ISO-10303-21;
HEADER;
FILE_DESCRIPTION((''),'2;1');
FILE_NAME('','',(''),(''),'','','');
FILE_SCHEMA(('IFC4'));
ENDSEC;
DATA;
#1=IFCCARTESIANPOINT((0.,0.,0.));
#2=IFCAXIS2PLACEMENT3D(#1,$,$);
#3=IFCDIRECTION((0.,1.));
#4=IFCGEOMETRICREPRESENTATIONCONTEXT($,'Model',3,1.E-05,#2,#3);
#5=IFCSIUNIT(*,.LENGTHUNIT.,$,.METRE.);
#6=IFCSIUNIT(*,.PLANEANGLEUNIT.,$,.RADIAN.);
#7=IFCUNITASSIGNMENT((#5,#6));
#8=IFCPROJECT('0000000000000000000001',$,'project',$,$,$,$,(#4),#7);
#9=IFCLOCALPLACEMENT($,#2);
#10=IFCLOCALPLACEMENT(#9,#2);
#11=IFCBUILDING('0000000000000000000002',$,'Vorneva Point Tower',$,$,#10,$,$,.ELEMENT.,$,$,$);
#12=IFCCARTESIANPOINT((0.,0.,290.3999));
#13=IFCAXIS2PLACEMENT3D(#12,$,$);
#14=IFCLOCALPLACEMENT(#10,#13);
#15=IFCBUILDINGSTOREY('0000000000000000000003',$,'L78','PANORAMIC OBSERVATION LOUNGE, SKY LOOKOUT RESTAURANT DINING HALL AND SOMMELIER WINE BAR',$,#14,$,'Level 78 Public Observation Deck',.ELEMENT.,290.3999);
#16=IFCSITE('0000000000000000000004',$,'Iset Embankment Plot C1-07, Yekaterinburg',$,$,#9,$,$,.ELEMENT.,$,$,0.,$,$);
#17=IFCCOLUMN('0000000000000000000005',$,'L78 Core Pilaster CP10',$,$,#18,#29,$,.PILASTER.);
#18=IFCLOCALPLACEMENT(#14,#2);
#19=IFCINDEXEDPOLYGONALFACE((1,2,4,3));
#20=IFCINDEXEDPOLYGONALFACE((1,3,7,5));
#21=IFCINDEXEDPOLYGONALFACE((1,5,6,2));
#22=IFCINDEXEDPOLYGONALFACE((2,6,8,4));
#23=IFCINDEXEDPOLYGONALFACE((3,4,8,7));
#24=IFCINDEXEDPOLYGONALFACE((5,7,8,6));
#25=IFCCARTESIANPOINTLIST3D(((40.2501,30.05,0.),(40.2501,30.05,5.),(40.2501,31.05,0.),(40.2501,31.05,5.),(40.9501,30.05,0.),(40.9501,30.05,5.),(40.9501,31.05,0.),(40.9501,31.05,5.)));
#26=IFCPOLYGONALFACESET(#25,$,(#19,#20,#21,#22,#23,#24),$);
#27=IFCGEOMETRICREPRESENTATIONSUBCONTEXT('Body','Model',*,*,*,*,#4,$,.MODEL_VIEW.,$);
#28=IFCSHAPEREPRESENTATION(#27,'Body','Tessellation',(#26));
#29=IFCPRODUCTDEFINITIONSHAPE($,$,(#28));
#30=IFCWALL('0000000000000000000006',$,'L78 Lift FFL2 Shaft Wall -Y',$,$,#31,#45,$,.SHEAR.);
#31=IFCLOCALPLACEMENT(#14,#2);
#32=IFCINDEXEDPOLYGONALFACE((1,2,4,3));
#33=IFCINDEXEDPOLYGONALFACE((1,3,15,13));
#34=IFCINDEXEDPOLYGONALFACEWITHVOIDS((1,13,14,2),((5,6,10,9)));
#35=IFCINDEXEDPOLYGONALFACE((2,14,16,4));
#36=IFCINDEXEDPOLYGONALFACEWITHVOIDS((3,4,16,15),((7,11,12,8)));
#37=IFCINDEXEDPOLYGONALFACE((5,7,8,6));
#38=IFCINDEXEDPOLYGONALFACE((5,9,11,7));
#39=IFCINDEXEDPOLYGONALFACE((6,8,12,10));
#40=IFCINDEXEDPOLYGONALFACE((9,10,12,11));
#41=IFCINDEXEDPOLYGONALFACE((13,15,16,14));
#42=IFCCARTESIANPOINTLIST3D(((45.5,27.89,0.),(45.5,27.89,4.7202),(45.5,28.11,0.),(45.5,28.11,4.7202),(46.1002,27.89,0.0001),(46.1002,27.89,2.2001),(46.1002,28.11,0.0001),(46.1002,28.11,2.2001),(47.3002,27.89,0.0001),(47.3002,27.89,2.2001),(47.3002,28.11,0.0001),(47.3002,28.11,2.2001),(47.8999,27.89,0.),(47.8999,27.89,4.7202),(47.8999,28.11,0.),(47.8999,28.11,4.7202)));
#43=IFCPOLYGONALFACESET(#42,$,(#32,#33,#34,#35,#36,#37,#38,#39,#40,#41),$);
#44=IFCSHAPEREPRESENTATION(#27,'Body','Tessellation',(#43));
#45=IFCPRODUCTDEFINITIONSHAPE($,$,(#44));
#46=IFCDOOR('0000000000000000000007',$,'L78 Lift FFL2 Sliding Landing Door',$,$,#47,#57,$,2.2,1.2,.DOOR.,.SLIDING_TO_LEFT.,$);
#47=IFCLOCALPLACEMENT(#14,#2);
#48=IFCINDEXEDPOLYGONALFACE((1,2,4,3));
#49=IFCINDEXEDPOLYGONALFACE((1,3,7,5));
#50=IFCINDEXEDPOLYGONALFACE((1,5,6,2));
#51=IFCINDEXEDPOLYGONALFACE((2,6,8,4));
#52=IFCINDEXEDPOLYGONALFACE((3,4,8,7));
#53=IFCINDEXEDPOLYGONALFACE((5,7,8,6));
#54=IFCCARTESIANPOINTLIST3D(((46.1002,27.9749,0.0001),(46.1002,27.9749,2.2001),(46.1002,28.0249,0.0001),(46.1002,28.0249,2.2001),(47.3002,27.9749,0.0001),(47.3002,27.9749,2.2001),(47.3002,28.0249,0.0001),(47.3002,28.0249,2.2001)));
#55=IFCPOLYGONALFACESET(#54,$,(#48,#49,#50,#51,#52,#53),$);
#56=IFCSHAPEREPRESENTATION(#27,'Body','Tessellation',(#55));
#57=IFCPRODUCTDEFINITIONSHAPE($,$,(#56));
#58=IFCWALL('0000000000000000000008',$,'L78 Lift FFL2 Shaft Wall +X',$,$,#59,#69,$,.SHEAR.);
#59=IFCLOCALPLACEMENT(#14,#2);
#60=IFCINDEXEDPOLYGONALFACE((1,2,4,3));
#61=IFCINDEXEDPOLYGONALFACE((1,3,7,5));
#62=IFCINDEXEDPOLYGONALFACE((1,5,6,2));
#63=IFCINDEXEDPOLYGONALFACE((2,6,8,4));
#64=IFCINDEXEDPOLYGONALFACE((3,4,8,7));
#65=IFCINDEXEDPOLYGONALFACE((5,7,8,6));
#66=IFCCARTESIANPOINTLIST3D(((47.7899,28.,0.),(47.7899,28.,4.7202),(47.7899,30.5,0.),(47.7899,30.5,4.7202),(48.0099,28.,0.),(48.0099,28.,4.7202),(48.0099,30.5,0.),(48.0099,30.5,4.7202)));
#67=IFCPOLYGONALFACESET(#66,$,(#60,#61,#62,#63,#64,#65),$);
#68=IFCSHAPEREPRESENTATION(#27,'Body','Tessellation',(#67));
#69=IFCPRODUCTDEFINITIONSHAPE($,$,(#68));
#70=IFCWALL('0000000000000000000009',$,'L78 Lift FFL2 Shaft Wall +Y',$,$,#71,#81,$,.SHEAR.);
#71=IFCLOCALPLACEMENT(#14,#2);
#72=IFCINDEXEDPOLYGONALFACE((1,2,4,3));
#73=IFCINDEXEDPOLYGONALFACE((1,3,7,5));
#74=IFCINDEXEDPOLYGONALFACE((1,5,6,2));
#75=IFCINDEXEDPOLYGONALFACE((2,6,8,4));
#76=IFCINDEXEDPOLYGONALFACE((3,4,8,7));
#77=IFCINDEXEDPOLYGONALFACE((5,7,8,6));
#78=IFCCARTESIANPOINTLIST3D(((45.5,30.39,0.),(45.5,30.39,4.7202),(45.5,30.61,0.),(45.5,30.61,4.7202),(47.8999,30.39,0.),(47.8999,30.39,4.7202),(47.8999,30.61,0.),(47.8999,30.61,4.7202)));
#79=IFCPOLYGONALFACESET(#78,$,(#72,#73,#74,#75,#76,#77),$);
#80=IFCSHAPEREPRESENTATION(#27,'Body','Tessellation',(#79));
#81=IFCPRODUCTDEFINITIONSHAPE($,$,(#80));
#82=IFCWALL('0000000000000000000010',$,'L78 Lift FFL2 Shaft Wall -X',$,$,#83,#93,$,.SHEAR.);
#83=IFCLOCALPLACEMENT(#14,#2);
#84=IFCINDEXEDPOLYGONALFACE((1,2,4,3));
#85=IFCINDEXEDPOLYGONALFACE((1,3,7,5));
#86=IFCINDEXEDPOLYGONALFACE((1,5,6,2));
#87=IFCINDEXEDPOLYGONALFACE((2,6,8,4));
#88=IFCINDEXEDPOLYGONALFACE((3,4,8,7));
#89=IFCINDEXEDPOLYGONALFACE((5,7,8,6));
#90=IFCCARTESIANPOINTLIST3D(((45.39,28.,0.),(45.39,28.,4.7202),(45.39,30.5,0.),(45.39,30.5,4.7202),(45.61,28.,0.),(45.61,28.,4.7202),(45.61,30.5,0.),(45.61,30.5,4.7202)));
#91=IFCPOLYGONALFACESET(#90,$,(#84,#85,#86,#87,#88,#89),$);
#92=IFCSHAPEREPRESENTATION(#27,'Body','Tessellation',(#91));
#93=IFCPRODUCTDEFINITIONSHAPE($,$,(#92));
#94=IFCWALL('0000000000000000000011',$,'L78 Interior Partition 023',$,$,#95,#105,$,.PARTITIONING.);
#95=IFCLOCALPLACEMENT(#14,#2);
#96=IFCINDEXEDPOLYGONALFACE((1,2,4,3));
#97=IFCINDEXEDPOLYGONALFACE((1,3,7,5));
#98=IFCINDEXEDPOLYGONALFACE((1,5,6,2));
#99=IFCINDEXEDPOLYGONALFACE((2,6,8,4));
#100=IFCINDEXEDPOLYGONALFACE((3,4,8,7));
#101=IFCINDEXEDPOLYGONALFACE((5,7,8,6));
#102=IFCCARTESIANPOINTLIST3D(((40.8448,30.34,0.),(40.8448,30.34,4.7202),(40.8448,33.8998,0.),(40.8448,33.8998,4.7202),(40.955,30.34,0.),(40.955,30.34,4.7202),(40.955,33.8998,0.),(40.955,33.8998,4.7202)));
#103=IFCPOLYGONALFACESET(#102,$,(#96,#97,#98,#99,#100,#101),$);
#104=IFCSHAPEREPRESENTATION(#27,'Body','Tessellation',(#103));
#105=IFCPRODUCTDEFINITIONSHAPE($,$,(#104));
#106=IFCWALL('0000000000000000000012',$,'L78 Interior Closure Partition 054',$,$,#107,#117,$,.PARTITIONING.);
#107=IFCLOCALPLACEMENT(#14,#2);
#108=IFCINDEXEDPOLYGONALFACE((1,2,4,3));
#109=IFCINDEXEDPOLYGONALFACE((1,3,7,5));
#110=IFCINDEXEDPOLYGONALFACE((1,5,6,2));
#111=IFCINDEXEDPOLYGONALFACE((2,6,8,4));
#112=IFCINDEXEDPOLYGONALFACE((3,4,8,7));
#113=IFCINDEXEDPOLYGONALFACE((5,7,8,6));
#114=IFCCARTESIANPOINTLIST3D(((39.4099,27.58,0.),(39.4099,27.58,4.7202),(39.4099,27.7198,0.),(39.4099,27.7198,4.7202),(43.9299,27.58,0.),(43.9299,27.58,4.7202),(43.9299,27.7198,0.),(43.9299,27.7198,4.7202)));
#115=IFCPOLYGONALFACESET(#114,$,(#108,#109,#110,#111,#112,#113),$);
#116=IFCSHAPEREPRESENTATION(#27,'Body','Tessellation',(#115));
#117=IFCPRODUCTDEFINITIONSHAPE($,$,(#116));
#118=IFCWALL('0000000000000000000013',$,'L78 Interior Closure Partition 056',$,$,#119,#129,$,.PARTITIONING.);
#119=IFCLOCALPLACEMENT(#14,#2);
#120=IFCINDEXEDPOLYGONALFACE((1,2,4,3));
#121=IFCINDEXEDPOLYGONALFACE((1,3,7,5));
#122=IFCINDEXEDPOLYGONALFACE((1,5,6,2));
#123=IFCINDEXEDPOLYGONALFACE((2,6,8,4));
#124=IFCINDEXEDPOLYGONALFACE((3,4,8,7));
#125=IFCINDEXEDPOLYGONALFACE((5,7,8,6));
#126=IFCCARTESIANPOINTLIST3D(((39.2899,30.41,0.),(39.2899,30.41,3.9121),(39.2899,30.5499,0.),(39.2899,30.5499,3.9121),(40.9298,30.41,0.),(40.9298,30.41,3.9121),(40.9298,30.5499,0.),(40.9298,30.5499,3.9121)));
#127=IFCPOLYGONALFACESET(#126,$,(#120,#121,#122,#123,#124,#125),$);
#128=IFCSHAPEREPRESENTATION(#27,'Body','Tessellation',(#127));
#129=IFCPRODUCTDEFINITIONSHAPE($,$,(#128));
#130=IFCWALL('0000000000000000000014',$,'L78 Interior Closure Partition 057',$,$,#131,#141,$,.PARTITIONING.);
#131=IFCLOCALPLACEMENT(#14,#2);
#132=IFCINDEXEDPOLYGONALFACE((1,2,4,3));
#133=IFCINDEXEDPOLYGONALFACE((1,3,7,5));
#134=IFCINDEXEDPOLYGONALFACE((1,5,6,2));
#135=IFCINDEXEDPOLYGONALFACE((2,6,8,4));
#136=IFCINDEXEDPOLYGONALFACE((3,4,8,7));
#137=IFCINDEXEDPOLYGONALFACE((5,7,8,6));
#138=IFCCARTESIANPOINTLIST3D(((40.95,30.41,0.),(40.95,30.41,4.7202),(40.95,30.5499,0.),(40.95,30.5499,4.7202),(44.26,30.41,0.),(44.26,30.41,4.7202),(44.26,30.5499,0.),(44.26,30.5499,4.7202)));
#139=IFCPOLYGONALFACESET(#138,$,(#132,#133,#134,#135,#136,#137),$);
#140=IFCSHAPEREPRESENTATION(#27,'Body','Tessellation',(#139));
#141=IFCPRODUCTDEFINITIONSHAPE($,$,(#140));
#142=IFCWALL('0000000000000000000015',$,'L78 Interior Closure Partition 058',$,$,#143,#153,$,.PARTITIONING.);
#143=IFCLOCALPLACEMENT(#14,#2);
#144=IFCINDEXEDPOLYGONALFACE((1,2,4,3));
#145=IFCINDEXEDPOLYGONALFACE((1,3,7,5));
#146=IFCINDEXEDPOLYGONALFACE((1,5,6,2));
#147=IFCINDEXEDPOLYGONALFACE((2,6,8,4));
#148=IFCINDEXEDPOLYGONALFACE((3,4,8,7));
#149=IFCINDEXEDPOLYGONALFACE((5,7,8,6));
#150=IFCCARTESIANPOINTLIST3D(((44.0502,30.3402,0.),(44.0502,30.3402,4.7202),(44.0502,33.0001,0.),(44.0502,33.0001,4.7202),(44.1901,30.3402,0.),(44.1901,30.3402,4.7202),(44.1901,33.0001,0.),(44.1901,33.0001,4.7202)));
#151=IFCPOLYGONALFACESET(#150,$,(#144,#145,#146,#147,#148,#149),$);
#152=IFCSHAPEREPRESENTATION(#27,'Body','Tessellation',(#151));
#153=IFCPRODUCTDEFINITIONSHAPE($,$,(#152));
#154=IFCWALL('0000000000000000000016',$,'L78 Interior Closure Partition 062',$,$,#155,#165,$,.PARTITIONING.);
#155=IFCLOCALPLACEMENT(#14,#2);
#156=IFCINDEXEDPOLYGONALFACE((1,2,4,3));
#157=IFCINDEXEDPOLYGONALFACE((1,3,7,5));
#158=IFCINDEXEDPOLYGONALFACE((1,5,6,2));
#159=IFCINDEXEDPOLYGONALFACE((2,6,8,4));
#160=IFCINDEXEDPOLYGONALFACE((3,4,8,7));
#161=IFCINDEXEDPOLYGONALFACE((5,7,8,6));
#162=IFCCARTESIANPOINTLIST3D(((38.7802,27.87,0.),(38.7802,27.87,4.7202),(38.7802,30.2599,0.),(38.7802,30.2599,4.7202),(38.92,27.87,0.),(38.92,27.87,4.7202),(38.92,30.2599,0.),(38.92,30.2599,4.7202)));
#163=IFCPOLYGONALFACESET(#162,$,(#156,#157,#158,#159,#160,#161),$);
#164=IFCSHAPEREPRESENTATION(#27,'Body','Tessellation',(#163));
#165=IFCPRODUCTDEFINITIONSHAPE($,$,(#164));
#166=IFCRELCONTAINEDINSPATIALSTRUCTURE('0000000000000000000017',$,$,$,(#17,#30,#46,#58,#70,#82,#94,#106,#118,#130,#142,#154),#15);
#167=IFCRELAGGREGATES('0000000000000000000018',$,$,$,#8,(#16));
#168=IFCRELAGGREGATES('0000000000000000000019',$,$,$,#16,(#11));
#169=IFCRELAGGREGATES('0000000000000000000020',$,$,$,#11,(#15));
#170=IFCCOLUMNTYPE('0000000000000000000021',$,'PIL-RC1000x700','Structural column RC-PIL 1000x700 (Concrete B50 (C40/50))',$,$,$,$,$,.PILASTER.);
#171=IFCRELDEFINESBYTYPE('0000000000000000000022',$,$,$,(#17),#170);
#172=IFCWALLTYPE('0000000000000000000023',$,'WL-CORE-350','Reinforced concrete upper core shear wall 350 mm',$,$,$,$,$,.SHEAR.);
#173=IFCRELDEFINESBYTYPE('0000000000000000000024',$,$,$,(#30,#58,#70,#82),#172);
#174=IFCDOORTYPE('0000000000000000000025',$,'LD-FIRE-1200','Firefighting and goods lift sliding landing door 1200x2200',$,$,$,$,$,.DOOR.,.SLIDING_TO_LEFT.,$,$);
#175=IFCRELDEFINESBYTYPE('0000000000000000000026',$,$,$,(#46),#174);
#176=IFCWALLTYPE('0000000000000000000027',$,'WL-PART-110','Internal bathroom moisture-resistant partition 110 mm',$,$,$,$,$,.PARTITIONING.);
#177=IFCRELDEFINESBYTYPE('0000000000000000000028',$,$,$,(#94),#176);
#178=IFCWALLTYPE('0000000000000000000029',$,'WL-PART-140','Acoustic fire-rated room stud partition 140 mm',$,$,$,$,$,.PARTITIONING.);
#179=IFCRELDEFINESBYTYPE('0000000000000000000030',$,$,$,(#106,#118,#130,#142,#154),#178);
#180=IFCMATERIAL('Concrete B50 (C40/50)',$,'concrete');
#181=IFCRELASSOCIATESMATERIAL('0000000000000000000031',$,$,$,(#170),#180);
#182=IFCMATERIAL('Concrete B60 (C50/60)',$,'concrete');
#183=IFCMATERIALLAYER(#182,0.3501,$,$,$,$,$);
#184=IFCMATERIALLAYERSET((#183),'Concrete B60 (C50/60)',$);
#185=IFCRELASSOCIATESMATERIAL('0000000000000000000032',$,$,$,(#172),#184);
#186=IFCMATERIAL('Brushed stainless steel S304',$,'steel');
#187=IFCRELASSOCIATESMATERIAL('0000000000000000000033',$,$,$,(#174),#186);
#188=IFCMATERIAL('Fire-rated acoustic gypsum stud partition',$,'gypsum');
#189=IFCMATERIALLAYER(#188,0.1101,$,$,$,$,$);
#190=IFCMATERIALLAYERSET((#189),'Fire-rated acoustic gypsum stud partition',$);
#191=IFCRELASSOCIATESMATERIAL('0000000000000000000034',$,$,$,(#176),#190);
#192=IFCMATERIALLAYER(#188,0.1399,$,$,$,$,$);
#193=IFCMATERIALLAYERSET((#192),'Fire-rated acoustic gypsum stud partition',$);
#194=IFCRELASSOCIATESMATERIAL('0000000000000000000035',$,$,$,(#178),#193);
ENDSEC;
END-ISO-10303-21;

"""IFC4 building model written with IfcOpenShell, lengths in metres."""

from ifc_helpers import new_model, si_unit, direction, frame, frame_2d, origin, origin_2d, place, context, subcontext, project, spatial, rectangle, extrude, material, layer, layer_set, material_profile, profile_set, type_object, element, fill, save


model = new_model("IFC4")

# Units and contexts
model_context = context("Model", 3, precision=1e-05, world=origin(), true_north=direction((0.0, 1.0)))
body_context = subcontext(model_context, "Body", "Model", "MODEL_VIEW")
ifc_project = project(units=[si_unit("LENGTHUNIT", "METRE"), si_unit("PLANEANGLEUNIT", "RADIAN")], contexts=[model_context])

# Site, building, storey
site_placement = place(None, origin())
site = spatial("IfcSite", under=ifc_project, at=site_placement, Name="Iset Embankment Plot C1-07, Yekaterinburg", CompositionType="ELEMENT", RefElevation=0.0)
building_placement = place(site_placement, origin())
building = spatial("IfcBuilding", under=site, at=building_placement, Name="Vorneva Point Tower", CompositionType="ELEMENT")
storey_placement = place(building_placement, frame((0.0, 0.0, 290.3999)))
storey = spatial("IfcBuildingStorey", under=building, at=storey_placement, Name="L78", Description="PANORAMIC OBSERVATION LOUNGE, SKY LOOKOUT RESTAURANT DINING HALL AND SOMMELIER WINE BAR", LongName="Level 78 Public Observation Deck", CompositionType="ELEMENT", Elevation=290.3999)

# Column
ifc_material_1 = material(Name="Concrete B50 (C40/50)", Category="concrete")
ifc_material_profile = material_profile(ifc_material_1, rectangle(XDim=0.7, YDim=1.0, at=origin_2d()), Name="RC-PIL 1000x700")
ifc_profile_set = profile_set([ifc_material_profile], Name="Concrete B50 (C40/50)")
column_type = type_object("IfcColumnType", Name="PIL-RC1000x700", Description="Structural column RC-PIL 1000x700 (Concrete B50 (C40/50))", PredefinedType="PILASTER", material=ifc_profile_set)
column_placement = place(storey_placement, frame((40.6001, 30.55, 0.0), z_axis=(0.0, 0.0, 1.0), x_axis=(1.0, 0.0, 0.0)))
element("IfcColumn", 1, at=column_placement, inside=storey, type_object=column_type, Name="L78 Core Pilaster CP10", PredefinedType="PILASTER", context=body_context, shape_type="SweptSolid", body=[
    extrude(rectangle(XDim=0.7, YDim=1.0, at=origin_2d()), origin(), (0.0, 0.0, 1.0), 5.0),
])

# Wall, opening, door
ifc_material_2 = material(Name="Concrete B60 (C50/60)", Category="concrete")
ifc_layer_1 = layer(ifc_material_2, 0.3501)
ifc_layer_set_1 = layer_set([ifc_layer_1], Name="Concrete B60 (C50/60)")
wall_type_1 = type_object("IfcWallType", Name="WL-CORE-350", Description="Reinforced concrete upper core shear wall 350 mm", PredefinedType="SHEAR", material=ifc_layer_set_1)
wall_1_placement = place(storey_placement, frame((45.5, 28.0, 0.0), z_axis=(0.0, 0.0, 1.0), x_axis=(1.0, 0.0, 0.0)))
wall_1 = element("IfcWall", 2, at=wall_1_placement, inside=storey, type_object=wall_type_1, Name="L78 Lift FFL2 Shaft Wall -Y", PredefinedType="SHEAR", context=body_context, shape_type="SweptSolid", body=[
    extrude(rectangle(XDim=2.3999, YDim=0.22, at=frame_2d((1.2, 0.0))), origin(), (0.0, 0.0, 1.0), 4.7202),
])
opening_1_placement = place(wall_1_placement, frame((0.6001, 0.0, 0.0)))
opening_1 = element("IfcOpeningElement", 3, at=opening_1_placement, cuts=wall_1, PredefinedType="OPENING", context=body_context, shape_type="SweptSolid", body=[
    extrude(rectangle(XDim=1.2, YDim=2.2, at=frame_2d((0.6001, 1.1001))), frame((0.0, 0.125, 0.0), z_axis=(0.0, -1.0, 0.0), x_axis=(1.0, 0.0, 0.0)), (0.0, 0.0, 1.0), 0.2498),
])
ifc_material_3 = material(Name="Brushed stainless steel S304", Category="steel")
door_type_1 = type_object("IfcDoorType", Name="LD-FIRE-1200", Description="Firefighting and goods lift sliding landing door 1200x2200", OperationType="SLIDING_TO_LEFT", PredefinedType="DOOR", material=ifc_material_3)
door_1_placement = place(opening_1_placement, origin())
door_1 = element("IfcDoor", 4, at=door_1_placement, inside=storey, type_object=door_type_1, Name="L78 Lift FFL2 Sliding Landing Door", OperationType="SLIDING_TO_LEFT", OverallHeight=2.2, OverallWidth=1.2, PredefinedType="DOOR", context=body_context, shape_type="SweptSolid", body=[
    extrude(rectangle(XDim=1.2, YDim=2.2, at=frame_2d((0.6001, 1.1001))), frame((0.0, 0.0249, 0.0), z_axis=(0.0, -1.0, 0.0), x_axis=(1.0, 0.0, 0.0)), (0.0, 0.0, 1.0), 0.05),
])
fill(opening_1, door_1)

# Walls
wall_2_placement = place(storey_placement, frame((47.8999, 28.0, 0.0), z_axis=(0.0, 0.0, 1.0), x_axis=(0.0, 1.0, 0.0)))
element("IfcWall", 5, at=wall_2_placement, inside=storey, type_object=wall_type_1, Name="L78 Lift FFL2 Shaft Wall +X", PredefinedType="SHEAR", context=body_context, shape_type="SweptSolid", body=[
    extrude(rectangle(XDim=2.5, YDim=0.22, at=frame_2d((1.25, 0.0))), origin(), (0.0, 0.0, 1.0), 4.7202),
])
wall_3_placement = place(storey_placement, frame((47.8999, 30.5, 0.0), z_axis=(0.0, 0.0, 1.0), x_axis=(-1.0, 0.0, 0.0)))
element("IfcWall", 6, at=wall_3_placement, inside=storey, type_object=wall_type_1, Name="L78 Lift FFL2 Shaft Wall +Y", PredefinedType="SHEAR", context=body_context, shape_type="SweptSolid", body=[
    extrude(rectangle(XDim=2.3999, YDim=0.22, at=frame_2d((1.2, 0.0))), origin(), (0.0, 0.0, 1.0), 4.7202),
])
wall_4_placement = place(storey_placement, frame((45.5, 30.5, 0.0), z_axis=(0.0, 0.0, 1.0), x_axis=(0.0, -1.0, 0.0)))
element("IfcWall", 7, at=wall_4_placement, inside=storey, type_object=wall_type_1, Name="L78 Lift FFL2 Shaft Wall -X", PredefinedType="SHEAR", context=body_context, shape_type="SweptSolid", body=[
    extrude(rectangle(XDim=2.5, YDim=0.22, at=frame_2d((1.25, 0.0))), origin(), (0.0, 0.0, 1.0), 4.7202),
])
ifc_material_4 = material(Name="Fire-rated acoustic gypsum stud partition", Category="gypsum")
ifc_layer_2 = layer(ifc_material_4, 0.1101)
ifc_layer_set_2 = layer_set([ifc_layer_2], Name="Fire-rated acoustic gypsum stud partition")
wall_type_2 = type_object("IfcWallType", Name="WL-PART-110", Description="Internal bathroom moisture-resistant partition 110 mm", PredefinedType="PARTITIONING", material=ifc_layer_set_2)
wall_5_placement = place(storey_placement, frame((40.8999, 30.3401, 0.0), z_axis=(0.0, 0.0, 1.0), x_axis=(0.0, 1.0, 0.0)))
element("IfcWall", 8, at=wall_5_placement, inside=storey, type_object=wall_type_2, Name="L78 Interior Partition 023", PredefinedType="PARTITIONING", context=body_context, shape_type="SweptSolid", body=[
    extrude(rectangle(XDim=3.5598, YDim=0.1101, at=frame_2d((1.7798, 0.0))), origin(), (0.0, 0.0, 1.0), 4.7202),
])
ifc_layer_3 = layer(ifc_material_4, 0.1399)
ifc_layer_set_3 = layer_set([ifc_layer_3], Name="Fire-rated acoustic gypsum stud partition")
wall_type_3 = type_object("IfcWallType", Name="WL-PART-140", Description="Acoustic fire-rated room stud partition 140 mm", PredefinedType="PARTITIONING", material=ifc_layer_set_3)
wall_6_placement = place(storey_placement, frame((43.9299, 27.6499, 0.0), z_axis=(0.0, 0.0, 1.0), x_axis=(-1.0, 0.0, 0.0)))
element("IfcWall", 9, at=wall_6_placement, inside=storey, type_object=wall_type_3, Name="L78 Interior Closure Partition 054", PredefinedType="PARTITIONING", context=body_context, shape_type="SweptSolid", body=[
    extrude(rectangle(XDim=4.52, YDim=0.1399, at=frame_2d((2.26, 0.0))), origin(), (0.0, 0.0, 1.0), 4.7202),
])
wall_7_placement = place(storey_placement, frame((39.29, 30.48, 0.0), z_axis=(0.0, 0.0, 1.0), x_axis=(1.0, 0.0, 0.0)))
element("IfcWall", 10, at=wall_7_placement, inside=storey, type_object=wall_type_3, Name="L78 Interior Closure Partition 056", PredefinedType="PARTITIONING", context=body_context, shape_type="SweptSolid", body=[
    extrude(rectangle(XDim=1.6399, YDim=0.1399, at=frame_2d((0.8198, 0.0))), origin(), (0.0, 0.0, 1.0), 3.9121),
])
wall_8_placement = place(storey_placement, frame((40.95, 30.48, 0.0), z_axis=(0.0, 0.0, 1.0), x_axis=(1.0, 0.0, 0.0)))
element("IfcWall", 11, at=wall_8_placement, inside=storey, type_object=wall_type_3, Name="L78 Interior Closure Partition 057", PredefinedType="PARTITIONING", context=body_context, shape_type="SweptSolid", body=[
    extrude(rectangle(XDim=3.3101, YDim=0.1399, at=frame_2d((1.655, 0.0))), origin(), (0.0, 0.0, 1.0), 4.7202),
])
wall_9_placement = place(storey_placement, frame((44.1201, 30.3401, 0.0), z_axis=(0.0, 0.0, 1.0), x_axis=(0.0, 1.0, 0.0)))
element("IfcWall", 12, at=wall_9_placement, inside=storey, type_object=wall_type_3, Name="L78 Interior Closure Partition 058", PredefinedType="PARTITIONING", context=body_context, shape_type="SweptSolid", body=[
    extrude(rectangle(XDim=2.6599, YDim=0.1399, at=frame_2d((1.3301, 0.0))), origin(), (0.0, 0.0, 1.0), 4.7202),
])
wall_10_placement = place(storey_placement, frame((38.8501, 27.8701, 0.0), z_axis=(0.0, 0.0, 1.0), x_axis=(0.0, 1.0, 0.0)))
element("IfcWall", 13, at=wall_10_placement, inside=storey, type_object=wall_type_3, Name="L78 Interior Closure Partition 062", PredefinedType="PARTITIONING", context=body_context, shape_type="SweptSolid", body=[
    extrude(rectangle(XDim=2.3899, YDim=0.1399, at=frame_2d((1.1948, 0.0))), origin(), (0.0, 0.0, 1.0), 4.7202),
])

save(model, "model.ifc")
